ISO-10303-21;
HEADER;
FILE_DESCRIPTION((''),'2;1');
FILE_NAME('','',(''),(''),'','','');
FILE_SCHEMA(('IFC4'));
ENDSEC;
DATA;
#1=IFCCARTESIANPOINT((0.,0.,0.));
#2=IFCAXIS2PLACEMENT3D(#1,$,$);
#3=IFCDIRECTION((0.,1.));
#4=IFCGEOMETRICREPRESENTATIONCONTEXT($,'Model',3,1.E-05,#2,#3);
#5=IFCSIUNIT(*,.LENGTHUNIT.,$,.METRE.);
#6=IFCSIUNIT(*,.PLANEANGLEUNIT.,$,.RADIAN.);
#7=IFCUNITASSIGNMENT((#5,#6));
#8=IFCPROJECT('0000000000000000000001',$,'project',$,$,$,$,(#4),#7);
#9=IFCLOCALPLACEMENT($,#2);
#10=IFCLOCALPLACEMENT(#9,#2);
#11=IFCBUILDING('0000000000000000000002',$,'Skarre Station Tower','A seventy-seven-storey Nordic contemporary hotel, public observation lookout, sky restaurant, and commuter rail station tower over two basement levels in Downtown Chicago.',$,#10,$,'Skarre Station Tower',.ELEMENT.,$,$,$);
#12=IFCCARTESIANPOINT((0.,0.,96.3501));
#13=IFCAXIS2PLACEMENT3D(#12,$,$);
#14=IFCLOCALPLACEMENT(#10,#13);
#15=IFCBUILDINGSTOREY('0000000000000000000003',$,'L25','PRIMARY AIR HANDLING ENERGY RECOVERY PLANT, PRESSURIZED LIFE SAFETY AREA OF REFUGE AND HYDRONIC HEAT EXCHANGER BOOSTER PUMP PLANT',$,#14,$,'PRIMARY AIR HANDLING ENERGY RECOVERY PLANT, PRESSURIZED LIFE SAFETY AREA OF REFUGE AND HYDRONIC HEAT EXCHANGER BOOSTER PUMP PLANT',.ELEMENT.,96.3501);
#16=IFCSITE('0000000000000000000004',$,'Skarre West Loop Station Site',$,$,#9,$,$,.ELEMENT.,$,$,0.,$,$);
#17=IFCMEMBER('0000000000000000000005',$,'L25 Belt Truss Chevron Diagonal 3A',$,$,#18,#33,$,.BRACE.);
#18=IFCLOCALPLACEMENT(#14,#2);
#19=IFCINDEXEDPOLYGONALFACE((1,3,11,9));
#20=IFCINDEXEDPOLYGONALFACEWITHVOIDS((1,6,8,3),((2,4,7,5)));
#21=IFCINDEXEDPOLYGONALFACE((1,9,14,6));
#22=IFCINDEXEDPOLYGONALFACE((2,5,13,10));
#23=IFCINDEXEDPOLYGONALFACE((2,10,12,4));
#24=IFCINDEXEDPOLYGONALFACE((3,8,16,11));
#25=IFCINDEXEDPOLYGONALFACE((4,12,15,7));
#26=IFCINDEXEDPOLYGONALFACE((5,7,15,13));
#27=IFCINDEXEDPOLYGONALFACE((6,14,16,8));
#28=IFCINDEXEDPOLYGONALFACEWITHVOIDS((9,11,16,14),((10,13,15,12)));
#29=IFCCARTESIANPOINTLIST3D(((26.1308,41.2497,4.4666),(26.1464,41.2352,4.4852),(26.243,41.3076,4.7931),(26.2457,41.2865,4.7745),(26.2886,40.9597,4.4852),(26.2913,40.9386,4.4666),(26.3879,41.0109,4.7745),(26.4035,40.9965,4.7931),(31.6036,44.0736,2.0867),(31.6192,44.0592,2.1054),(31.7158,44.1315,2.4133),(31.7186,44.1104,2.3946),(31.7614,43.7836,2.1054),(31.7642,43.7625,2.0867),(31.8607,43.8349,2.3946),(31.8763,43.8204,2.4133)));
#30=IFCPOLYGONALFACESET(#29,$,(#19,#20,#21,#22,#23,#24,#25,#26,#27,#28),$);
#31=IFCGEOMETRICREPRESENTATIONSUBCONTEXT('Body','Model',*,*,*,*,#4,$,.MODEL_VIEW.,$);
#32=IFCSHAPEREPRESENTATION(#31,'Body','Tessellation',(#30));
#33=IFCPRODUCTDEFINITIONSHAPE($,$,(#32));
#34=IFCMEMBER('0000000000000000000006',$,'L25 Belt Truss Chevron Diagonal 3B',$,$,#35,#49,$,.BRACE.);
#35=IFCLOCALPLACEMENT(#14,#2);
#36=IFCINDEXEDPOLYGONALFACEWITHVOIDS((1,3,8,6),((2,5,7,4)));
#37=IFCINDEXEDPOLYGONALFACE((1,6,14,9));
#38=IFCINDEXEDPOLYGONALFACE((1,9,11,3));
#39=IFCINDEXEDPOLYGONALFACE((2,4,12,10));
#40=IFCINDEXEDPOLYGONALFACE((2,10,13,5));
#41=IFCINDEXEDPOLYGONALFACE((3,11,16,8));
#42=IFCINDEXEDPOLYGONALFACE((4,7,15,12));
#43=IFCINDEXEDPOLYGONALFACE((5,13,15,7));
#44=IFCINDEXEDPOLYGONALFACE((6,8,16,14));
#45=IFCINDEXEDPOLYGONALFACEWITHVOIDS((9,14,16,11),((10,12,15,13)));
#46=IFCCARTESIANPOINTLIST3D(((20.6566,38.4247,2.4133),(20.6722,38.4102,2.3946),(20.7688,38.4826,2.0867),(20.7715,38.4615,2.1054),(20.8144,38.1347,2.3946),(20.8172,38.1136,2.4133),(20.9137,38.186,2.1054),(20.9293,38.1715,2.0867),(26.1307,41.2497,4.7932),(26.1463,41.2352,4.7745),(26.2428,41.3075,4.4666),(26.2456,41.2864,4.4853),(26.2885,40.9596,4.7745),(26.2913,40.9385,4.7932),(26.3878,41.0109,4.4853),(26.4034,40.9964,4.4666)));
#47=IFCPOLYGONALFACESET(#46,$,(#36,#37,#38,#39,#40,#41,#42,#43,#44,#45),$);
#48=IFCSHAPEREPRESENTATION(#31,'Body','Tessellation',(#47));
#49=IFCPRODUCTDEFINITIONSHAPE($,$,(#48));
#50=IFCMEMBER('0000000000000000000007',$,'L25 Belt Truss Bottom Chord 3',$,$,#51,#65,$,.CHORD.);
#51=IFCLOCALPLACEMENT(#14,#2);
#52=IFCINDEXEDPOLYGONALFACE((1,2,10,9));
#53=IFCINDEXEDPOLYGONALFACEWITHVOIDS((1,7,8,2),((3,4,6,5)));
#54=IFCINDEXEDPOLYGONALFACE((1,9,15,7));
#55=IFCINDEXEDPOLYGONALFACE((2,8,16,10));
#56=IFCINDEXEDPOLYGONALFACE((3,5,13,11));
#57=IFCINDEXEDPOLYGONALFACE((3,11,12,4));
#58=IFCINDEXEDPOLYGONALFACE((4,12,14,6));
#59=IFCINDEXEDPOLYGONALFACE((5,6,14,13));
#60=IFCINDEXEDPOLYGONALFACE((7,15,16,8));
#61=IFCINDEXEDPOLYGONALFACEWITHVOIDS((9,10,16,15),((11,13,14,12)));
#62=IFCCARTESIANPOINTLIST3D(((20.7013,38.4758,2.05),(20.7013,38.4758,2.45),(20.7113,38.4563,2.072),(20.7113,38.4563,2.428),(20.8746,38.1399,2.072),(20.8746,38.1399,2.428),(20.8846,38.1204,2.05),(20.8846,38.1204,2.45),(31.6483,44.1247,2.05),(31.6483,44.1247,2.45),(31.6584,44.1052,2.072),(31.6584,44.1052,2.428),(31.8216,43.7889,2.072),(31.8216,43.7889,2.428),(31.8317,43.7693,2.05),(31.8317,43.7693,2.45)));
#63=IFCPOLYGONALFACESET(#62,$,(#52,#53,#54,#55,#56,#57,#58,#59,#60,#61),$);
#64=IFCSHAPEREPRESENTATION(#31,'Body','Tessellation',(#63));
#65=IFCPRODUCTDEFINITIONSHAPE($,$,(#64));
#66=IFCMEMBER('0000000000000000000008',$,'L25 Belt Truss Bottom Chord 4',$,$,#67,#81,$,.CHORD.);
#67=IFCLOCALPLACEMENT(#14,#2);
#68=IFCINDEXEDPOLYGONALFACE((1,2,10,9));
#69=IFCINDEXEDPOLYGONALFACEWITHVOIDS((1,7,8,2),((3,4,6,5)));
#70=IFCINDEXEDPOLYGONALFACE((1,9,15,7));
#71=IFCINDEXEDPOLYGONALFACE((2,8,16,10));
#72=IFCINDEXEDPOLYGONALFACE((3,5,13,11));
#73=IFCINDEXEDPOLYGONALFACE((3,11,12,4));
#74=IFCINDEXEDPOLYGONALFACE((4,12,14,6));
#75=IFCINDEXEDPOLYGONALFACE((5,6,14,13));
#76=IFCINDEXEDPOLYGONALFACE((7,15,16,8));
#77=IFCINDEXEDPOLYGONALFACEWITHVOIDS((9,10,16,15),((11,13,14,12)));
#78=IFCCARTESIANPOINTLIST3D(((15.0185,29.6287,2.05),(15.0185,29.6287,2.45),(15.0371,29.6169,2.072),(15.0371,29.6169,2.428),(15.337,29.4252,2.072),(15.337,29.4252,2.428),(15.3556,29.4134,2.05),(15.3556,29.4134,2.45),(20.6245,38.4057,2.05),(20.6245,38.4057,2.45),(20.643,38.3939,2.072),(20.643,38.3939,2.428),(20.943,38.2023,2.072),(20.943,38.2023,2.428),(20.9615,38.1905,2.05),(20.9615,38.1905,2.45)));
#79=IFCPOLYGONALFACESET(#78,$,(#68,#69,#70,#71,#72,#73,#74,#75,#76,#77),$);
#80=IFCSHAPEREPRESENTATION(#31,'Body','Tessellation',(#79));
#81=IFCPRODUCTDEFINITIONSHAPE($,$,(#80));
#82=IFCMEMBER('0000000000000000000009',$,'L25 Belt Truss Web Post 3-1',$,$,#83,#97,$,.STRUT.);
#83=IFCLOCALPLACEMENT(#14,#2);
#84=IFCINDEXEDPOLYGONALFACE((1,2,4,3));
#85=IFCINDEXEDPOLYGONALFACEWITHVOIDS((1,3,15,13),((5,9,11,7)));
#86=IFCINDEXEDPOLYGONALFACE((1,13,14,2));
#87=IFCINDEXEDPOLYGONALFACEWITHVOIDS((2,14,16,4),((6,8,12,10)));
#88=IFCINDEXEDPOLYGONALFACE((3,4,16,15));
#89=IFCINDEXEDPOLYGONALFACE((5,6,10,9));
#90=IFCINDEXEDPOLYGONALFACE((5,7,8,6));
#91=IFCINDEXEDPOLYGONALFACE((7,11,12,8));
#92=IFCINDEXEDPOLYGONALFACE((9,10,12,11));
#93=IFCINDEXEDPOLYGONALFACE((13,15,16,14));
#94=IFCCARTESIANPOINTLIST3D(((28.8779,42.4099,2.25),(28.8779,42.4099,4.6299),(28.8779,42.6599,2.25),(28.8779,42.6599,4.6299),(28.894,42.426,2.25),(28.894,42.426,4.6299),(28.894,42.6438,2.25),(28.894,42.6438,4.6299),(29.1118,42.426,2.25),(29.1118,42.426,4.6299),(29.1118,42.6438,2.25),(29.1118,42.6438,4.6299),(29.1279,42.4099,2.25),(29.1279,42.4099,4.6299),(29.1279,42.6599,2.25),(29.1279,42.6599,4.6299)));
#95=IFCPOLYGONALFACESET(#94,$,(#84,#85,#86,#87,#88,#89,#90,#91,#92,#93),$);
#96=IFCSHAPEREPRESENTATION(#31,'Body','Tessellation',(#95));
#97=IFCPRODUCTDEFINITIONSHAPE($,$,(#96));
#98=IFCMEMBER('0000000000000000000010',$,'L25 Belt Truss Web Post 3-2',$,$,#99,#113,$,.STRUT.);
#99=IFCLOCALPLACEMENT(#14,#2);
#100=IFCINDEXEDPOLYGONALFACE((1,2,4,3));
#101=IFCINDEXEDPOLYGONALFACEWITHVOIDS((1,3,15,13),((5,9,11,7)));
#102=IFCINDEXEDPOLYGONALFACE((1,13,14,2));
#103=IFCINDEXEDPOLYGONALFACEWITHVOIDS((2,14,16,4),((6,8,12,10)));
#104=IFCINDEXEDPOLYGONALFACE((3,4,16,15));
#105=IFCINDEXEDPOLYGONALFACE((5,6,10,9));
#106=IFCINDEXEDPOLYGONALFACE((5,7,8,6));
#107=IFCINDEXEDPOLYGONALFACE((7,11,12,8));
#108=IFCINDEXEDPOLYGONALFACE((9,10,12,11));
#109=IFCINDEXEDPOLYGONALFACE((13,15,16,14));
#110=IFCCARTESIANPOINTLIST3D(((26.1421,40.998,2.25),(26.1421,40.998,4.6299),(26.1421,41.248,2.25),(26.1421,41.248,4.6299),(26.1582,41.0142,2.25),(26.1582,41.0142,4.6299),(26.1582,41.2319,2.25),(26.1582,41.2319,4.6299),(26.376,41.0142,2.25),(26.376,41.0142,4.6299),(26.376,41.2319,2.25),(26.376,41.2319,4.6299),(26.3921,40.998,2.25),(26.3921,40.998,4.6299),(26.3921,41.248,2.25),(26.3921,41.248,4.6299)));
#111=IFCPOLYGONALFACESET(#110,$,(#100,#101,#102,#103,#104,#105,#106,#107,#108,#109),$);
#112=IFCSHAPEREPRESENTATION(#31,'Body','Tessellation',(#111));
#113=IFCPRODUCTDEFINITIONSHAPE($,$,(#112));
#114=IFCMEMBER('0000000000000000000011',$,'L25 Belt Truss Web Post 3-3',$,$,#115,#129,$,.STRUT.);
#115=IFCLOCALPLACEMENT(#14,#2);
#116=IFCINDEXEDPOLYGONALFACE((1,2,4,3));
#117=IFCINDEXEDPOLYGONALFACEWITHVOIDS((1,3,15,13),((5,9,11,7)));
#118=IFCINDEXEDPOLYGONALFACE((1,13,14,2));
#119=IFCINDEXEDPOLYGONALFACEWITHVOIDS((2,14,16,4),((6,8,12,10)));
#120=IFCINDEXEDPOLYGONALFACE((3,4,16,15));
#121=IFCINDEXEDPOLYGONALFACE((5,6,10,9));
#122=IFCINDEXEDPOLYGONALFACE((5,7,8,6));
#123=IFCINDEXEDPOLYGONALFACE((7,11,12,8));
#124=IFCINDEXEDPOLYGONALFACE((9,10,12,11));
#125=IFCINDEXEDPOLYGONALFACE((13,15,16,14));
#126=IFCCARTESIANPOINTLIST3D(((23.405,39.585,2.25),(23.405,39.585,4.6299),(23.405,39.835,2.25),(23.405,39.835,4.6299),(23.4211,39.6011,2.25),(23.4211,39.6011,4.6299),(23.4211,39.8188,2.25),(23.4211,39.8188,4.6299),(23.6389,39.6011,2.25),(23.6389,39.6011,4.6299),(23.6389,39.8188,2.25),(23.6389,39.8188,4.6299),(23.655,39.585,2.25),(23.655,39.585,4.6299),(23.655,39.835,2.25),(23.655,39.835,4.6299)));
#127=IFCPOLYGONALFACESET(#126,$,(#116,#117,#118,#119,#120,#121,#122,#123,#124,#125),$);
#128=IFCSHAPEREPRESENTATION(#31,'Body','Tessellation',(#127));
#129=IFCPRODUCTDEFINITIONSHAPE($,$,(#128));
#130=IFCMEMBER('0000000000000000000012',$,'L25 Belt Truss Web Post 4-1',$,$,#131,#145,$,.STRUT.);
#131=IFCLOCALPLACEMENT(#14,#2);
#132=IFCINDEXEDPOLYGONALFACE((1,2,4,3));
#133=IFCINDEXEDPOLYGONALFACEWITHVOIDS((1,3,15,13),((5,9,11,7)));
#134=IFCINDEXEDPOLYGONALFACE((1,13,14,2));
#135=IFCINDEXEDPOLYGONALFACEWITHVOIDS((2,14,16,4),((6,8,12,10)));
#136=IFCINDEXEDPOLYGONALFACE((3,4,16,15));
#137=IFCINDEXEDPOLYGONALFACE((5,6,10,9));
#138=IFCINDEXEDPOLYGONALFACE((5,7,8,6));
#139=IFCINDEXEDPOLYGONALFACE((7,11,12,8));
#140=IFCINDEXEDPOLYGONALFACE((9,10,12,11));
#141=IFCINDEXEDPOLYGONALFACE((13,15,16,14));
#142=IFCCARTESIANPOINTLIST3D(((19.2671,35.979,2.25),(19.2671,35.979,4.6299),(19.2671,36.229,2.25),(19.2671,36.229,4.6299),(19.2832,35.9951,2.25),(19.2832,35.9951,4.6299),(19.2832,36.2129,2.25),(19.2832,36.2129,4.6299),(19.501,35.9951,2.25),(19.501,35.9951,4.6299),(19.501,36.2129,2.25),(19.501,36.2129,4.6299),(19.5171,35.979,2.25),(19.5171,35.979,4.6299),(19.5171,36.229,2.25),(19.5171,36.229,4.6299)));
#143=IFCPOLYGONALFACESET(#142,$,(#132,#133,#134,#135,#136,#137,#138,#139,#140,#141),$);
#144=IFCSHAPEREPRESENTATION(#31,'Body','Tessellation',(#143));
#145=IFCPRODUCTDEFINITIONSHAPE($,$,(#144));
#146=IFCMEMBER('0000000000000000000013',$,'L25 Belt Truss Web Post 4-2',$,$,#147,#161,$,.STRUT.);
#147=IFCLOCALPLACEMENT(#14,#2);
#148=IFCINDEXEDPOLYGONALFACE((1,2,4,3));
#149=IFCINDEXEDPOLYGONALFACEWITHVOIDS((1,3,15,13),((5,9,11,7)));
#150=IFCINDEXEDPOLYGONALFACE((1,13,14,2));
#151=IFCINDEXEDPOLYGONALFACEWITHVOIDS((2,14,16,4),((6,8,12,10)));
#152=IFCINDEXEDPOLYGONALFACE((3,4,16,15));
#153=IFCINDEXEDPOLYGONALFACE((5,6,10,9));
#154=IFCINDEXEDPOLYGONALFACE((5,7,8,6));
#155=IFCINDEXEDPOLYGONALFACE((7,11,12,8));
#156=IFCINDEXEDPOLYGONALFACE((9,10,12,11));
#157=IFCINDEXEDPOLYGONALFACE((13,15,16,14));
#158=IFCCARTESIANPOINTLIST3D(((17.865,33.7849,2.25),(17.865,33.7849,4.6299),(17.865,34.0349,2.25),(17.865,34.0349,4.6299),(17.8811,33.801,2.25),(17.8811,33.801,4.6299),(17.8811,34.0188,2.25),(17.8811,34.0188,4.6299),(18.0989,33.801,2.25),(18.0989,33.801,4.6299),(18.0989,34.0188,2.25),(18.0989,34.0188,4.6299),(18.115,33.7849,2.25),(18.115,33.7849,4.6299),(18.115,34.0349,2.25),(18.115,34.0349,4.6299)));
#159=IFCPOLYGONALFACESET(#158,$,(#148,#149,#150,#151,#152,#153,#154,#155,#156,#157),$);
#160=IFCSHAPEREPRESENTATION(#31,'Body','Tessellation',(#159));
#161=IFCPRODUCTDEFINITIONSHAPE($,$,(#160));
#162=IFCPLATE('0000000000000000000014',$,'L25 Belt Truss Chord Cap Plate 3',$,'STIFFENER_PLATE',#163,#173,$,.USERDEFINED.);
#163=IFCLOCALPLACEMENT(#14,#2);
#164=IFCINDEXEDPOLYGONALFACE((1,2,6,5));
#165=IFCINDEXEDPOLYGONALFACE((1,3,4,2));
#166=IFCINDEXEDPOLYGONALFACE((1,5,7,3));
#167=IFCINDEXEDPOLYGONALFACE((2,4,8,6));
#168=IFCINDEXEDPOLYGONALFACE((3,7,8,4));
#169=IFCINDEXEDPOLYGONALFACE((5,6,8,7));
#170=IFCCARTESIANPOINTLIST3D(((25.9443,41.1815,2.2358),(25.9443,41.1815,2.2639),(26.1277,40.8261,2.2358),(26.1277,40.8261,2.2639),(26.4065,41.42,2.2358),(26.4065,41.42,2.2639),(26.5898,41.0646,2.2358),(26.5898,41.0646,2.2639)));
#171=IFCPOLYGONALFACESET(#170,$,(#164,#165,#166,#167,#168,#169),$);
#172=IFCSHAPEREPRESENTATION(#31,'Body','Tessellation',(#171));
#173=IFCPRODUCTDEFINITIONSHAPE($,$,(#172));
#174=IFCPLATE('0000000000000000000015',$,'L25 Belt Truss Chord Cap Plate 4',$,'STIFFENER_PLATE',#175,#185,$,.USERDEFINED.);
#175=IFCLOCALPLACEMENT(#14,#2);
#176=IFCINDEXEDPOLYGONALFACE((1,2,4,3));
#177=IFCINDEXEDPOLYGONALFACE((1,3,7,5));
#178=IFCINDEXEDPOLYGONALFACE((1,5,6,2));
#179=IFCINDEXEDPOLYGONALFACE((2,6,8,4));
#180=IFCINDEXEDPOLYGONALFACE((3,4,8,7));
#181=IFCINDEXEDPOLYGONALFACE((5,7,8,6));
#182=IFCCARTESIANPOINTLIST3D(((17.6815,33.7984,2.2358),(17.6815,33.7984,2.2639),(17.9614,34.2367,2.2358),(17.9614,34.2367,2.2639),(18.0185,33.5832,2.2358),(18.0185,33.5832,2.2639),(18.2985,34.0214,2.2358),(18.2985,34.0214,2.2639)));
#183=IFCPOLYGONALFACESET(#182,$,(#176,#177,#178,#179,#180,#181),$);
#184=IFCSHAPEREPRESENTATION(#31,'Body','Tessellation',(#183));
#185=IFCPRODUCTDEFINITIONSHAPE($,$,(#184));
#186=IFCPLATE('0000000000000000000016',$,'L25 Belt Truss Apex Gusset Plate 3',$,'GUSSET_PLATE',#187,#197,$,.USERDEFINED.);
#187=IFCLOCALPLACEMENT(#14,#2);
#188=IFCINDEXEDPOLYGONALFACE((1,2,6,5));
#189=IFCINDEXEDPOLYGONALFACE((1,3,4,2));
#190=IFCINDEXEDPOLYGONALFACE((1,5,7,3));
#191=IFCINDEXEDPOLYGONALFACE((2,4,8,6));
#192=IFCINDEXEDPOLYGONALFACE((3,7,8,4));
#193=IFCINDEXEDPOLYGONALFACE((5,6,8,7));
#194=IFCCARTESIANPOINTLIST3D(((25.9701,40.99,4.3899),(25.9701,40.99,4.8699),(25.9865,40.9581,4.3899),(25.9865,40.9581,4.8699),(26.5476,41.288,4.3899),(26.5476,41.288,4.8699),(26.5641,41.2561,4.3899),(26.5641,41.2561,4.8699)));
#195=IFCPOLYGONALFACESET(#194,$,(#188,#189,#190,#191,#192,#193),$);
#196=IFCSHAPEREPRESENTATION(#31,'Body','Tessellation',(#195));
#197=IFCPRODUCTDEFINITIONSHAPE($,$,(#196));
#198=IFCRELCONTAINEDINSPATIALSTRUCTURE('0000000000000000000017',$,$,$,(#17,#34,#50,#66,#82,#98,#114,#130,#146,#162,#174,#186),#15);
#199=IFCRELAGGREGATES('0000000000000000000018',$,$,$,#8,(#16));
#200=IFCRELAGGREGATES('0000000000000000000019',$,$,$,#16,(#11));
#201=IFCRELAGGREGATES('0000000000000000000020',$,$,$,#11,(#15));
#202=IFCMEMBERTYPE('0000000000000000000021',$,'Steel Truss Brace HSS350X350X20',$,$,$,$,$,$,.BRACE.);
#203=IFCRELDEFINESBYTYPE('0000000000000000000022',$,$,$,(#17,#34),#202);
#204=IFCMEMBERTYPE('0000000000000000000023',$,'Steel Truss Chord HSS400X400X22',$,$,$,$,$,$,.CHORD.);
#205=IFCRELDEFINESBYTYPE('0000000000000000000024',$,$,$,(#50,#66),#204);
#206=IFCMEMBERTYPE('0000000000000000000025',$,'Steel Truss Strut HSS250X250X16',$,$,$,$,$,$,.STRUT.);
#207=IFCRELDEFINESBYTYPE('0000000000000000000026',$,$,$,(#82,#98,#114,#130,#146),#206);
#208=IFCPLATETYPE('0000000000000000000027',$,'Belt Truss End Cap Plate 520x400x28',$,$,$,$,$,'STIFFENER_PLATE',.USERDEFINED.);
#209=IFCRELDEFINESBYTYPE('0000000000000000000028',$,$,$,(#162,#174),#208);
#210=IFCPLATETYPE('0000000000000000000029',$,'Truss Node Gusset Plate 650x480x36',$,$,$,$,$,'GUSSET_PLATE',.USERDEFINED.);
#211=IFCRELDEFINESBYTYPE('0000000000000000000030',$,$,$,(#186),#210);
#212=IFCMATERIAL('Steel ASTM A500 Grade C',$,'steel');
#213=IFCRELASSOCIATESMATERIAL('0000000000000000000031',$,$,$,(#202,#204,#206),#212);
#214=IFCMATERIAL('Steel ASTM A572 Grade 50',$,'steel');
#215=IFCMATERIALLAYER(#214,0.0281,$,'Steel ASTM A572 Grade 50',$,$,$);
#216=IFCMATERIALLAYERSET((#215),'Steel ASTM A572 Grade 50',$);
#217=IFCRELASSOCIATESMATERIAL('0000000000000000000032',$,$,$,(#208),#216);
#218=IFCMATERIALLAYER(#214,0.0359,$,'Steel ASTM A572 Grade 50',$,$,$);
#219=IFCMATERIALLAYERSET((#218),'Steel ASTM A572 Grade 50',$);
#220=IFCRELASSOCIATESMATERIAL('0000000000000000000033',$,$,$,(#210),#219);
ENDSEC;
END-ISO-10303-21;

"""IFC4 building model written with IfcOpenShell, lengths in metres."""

from ifc_helpers import new_model, si_unit, direction, frame, origin, origin_2d, place, context, subcontext, project, spatial, rectangle, hollow_rectangle, extrude, material, layer, layer_set, material_profile, profile_set, type_object, element, save


model = new_model("IFC4")

# Units and contexts
model_context = context("Model", 3, precision=1e-05, world=origin(), true_north=direction((0.0, 1.0)))
body_context = subcontext(model_context, "Body", "Model", "MODEL_VIEW")
ifc_project = project(units=[si_unit("LENGTHUNIT", "METRE"), si_unit("PLANEANGLEUNIT", "RADIAN")], contexts=[model_context])

# Site, building, storey
site_placement = place(None, origin())
site = spatial("IfcSite", under=ifc_project, at=site_placement, Name="Skarre West Loop Station Site", CompositionType="ELEMENT", RefElevation=0.0)
building_placement = place(site_placement, origin())
building = spatial("IfcBuilding", under=site, at=building_placement, Name="Skarre Station Tower", Description="A seventy-seven-storey Nordic contemporary hotel, public observation lookout, sky restaurant, and commuter rail station tower over two basement levels in Downtown Chicago.", LongName="Skarre Station Tower", CompositionType="ELEMENT")
storey_placement = place(building_placement, frame((0.0, 0.0, 96.3501)))
storey = spatial("IfcBuildingStorey", under=building, at=storey_placement, Name="L25", Description="PRIMARY AIR HANDLING ENERGY RECOVERY PLANT, PRESSURIZED LIFE SAFETY AREA OF REFUGE AND HYDRONIC HEAT EXCHANGER BOOSTER PUMP PLANT", LongName="PRIMARY AIR HANDLING ENERGY RECOVERY PLANT, PRESSURIZED LIFE SAFETY AREA OF REFUGE AND HYDRONIC HEAT EXCHANGER BOOSTER PUMP PLANT", CompositionType="ELEMENT", Elevation=96.3501)

# Members
ifc_material_1 = material(Name="Steel ASTM A500 Grade C", Category="steel")
ifc_material_profile_1 = material_profile(ifc_material_1, hollow_rectangle(XDim=0.3501, YDim=0.3501, WallThickness=0.02, at=origin_2d()), Name="Steel ASTM A500 Grade C")
ifc_profile_set_1 = profile_set([ifc_material_profile_1], Name="Steel ASTM A500 Grade C")
member_type_1 = type_object("IfcMemberType", Name="Steel Truss Brace HSS350X350X20", PredefinedType="BRACE", material=ifc_profile_set_1)
member_1_placement = place(storey_placement, frame((31.74, 43.947, 2.25), z_axis=(-0.828929, -0.427721, 0.360459), x_axis=(0.458547, -0.88867, 0.0)))
element("IfcMember", 1, at=member_1_placement, inside=storey, type_object=member_type_1, Name="L25 Belt Truss Chevron Diagonal 3A", PredefinedType="BRACE", context=body_context, shape_type="SweptSolid", body=[
    extrude(hollow_rectangle(XDim=0.3501, YDim=0.3501, WallThickness=0.02, at=origin_2d()), origin(), (0.0, 0.0, 1.0), 6.6023),
])
member_2_placement = place(storey_placement, frame((20.793, 38.2981, 2.25), z_axis=(0.828935, 0.427777, 0.360381), x_axis=(-0.458591, 0.888647, 0.0)))
element("IfcMember", 2, at=member_2_placement, inside=storey, type_object=member_type_1, Name="L25 Belt Truss Chevron Diagonal 3B", PredefinedType="BRACE", context=body_context, shape_type="SweptSolid", body=[
    extrude(hollow_rectangle(XDim=0.3501, YDim=0.3501, WallThickness=0.02, at=origin_2d()), origin(), (0.0, 0.0, 1.0), 6.6038),
])
ifc_material_profile_2 = material_profile(ifc_material_1, hollow_rectangle(XDim=0.3999, YDim=0.3999, WallThickness=0.022, at=origin_2d()), Name="Steel ASTM A500 Grade C")
ifc_profile_set_2 = profile_set([ifc_material_profile_2], Name="Steel ASTM A500 Grade C")
member_type_2 = type_object("IfcMemberType", Name="Steel Truss Chord HSS400X400X22", PredefinedType="CHORD", material=ifc_profile_set_2)
member_3_placement = place(storey_placement, frame((31.74, 43.947, 2.25), z_axis=(-0.888659, -0.458569, 0.0), x_axis=(0.458569, -0.888659, 0.0)))
element("IfcMember", 3, at=member_3_placement, inside=storey, type_object=member_type_2, Name="L25 Belt Truss Bottom Chord 3", PredefinedType="CHORD", context=body_context, shape_type="SweptSolid", body=[
    extrude(hollow_rectangle(XDim=0.3999, YDim=0.3999, WallThickness=0.022, at=origin_2d()), origin(), (0.0, 0.0, 1.0), 12.3186),
])
member_4_placement = place(storey_placement, frame((20.793, 38.2981, 2.25), z_axis=(-0.538278, -0.842767, 0.0), x_axis=(0.842767, -0.538278, 0.0)))
element("IfcMember", 4, at=member_4_placement, inside=storey, type_object=member_type_2, Name="L25 Belt Truss Bottom Chord 4", PredefinedType="CHORD", context=body_context, shape_type="SweptSolid", body=[
    extrude(hollow_rectangle(XDim=0.3999, YDim=0.3999, WallThickness=0.022, at=origin_2d()), origin(), (0.0, 0.0, 1.0), 10.4146),
])
ifc_material_profile_3 = material_profile(ifc_material_1, hollow_rectangle(XDim=0.25, YDim=0.25, WallThickness=0.0161, at=origin_2d()), Name="Steel ASTM A500 Grade C")
ifc_profile_set_3 = profile_set([ifc_material_profile_3], Name="Steel ASTM A500 Grade C")
member_type_3 = type_object("IfcMemberType", Name="Steel Truss Strut HSS250X250X16", PredefinedType="STRUT", material=ifc_profile_set_3)
for number, where, z_axis, x_axis, name in (
    (5, (29.0029, 42.5349, 2.25), (0.0, 0.0, 1.0), (1.0, 0.0, 0.0), "L25 Belt Truss Web Post 3-1"),
    (6, (26.2671, 41.123, 2.25), (0.0, 0.0, 1.0), (1.0, 0.0, 0.0), "L25 Belt Truss Web Post 3-2"),
    (7, (23.53, 39.71, 2.25), (0.0, 0.0, 1.0), (1.0, 0.0, 0.0), "L25 Belt Truss Web Post 3-3"),
    (8, (19.3921, 36.104, 2.25), (0.0, 0.0, 1.0), (1.0, 0.0, 0.0), "L25 Belt Truss Web Post 4-1"),
    (9, (17.99, 33.9099, 2.25), (0.0, 0.0, 1.0), (1.0, 0.0, 0.0), "L25 Belt Truss Web Post 4-2"),
):
    element("IfcMember", number, at=place(storey_placement, frame(where, z_axis=z_axis, x_axis=x_axis)), inside=storey, type_object=member_type_3, Name=name, PredefinedType="STRUT", context=body_context, shape_type="SweptSolid", body=[
        extrude(hollow_rectangle(XDim=0.25, YDim=0.25, WallThickness=0.0161, at=origin_2d()), origin(), (0.0, 0.0, 1.0), 2.3799),
    ])

# Plates
ifc_material_2 = material(Name="Steel ASTM A572 Grade 50", Category="steel")
ifc_layer_1 = layer(ifc_material_2, 0.0281, Name="Steel ASTM A572 Grade 50")
ifc_layer_set_1 = layer_set([ifc_layer_1], Name="Steel ASTM A572 Grade 50")
plate_type_1 = type_object("IfcPlateType", Name="Belt Truss End Cap Plate 520x400x28", ElementType="STIFFENER_PLATE", PredefinedType="USERDEFINED", material=ifc_layer_set_1)
for number, where, z_axis, x_axis, name in (
    (10, (26.2671, 41.123, 2.2358), (0.0, 0.0, 1.0), (-0.888657, -0.458572, 0.0), "L25 Belt Truss Chord Cap Plate 3"),
    (11, (17.99, 33.9099, 2.2358), (0.0, 0.0, 1.0), (-0.538285, -0.842763, 0.0), "L25 Belt Truss Chord Cap Plate 4"),
):
    element("IfcPlate", number, at=place(storey_placement, frame(where, z_axis=z_axis, x_axis=x_axis)), inside=storey, type_object=plate_type_1, Name=name, ObjectType="STIFFENER_PLATE", PredefinedType="USERDEFINED", context=body_context, shape_type="SweptSolid", body=[
        extrude(rectangle(XDim=0.52, YDim=0.3999, at=origin_2d()), origin(), (0.0, 0.0, 1.0), 0.0281),
    ])
ifc_layer_2 = layer(ifc_material_2, 0.0359, Name="Steel ASTM A572 Grade 50")
ifc_layer_set_2 = layer_set([ifc_layer_2], Name="Steel ASTM A572 Grade 50")
plate_type_2 = type_object("IfcPlateType", Name="Truss Node Gusset Plate 650x480x36", ElementType="GUSSET_PLATE", PredefinedType="USERDEFINED", material=ifc_layer_set_2)
for number, where, z_axis, x_axis, name in (
    (12, (26.2671, 41.123, 4.3899), (0.0, 0.0, 1.0), (-0.888657, -0.458572, 0.0), "L25 Belt Truss Apex Gusset Plate 3"),
):
    element("IfcPlate", number, at=place(storey_placement, frame(where, z_axis=z_axis, x_axis=x_axis)), inside=storey, type_object=plate_type_2, Name=name, ObjectType="GUSSET_PLATE", PredefinedType="USERDEFINED", context=body_context, shape_type="SweptSolid", body=[
        extrude(rectangle(XDim=0.6499, YDim=0.0359, at=origin_2d()), origin(), (0.0, 0.0, 1.0), 0.48),
    ])

save(model, "model.ifc")
